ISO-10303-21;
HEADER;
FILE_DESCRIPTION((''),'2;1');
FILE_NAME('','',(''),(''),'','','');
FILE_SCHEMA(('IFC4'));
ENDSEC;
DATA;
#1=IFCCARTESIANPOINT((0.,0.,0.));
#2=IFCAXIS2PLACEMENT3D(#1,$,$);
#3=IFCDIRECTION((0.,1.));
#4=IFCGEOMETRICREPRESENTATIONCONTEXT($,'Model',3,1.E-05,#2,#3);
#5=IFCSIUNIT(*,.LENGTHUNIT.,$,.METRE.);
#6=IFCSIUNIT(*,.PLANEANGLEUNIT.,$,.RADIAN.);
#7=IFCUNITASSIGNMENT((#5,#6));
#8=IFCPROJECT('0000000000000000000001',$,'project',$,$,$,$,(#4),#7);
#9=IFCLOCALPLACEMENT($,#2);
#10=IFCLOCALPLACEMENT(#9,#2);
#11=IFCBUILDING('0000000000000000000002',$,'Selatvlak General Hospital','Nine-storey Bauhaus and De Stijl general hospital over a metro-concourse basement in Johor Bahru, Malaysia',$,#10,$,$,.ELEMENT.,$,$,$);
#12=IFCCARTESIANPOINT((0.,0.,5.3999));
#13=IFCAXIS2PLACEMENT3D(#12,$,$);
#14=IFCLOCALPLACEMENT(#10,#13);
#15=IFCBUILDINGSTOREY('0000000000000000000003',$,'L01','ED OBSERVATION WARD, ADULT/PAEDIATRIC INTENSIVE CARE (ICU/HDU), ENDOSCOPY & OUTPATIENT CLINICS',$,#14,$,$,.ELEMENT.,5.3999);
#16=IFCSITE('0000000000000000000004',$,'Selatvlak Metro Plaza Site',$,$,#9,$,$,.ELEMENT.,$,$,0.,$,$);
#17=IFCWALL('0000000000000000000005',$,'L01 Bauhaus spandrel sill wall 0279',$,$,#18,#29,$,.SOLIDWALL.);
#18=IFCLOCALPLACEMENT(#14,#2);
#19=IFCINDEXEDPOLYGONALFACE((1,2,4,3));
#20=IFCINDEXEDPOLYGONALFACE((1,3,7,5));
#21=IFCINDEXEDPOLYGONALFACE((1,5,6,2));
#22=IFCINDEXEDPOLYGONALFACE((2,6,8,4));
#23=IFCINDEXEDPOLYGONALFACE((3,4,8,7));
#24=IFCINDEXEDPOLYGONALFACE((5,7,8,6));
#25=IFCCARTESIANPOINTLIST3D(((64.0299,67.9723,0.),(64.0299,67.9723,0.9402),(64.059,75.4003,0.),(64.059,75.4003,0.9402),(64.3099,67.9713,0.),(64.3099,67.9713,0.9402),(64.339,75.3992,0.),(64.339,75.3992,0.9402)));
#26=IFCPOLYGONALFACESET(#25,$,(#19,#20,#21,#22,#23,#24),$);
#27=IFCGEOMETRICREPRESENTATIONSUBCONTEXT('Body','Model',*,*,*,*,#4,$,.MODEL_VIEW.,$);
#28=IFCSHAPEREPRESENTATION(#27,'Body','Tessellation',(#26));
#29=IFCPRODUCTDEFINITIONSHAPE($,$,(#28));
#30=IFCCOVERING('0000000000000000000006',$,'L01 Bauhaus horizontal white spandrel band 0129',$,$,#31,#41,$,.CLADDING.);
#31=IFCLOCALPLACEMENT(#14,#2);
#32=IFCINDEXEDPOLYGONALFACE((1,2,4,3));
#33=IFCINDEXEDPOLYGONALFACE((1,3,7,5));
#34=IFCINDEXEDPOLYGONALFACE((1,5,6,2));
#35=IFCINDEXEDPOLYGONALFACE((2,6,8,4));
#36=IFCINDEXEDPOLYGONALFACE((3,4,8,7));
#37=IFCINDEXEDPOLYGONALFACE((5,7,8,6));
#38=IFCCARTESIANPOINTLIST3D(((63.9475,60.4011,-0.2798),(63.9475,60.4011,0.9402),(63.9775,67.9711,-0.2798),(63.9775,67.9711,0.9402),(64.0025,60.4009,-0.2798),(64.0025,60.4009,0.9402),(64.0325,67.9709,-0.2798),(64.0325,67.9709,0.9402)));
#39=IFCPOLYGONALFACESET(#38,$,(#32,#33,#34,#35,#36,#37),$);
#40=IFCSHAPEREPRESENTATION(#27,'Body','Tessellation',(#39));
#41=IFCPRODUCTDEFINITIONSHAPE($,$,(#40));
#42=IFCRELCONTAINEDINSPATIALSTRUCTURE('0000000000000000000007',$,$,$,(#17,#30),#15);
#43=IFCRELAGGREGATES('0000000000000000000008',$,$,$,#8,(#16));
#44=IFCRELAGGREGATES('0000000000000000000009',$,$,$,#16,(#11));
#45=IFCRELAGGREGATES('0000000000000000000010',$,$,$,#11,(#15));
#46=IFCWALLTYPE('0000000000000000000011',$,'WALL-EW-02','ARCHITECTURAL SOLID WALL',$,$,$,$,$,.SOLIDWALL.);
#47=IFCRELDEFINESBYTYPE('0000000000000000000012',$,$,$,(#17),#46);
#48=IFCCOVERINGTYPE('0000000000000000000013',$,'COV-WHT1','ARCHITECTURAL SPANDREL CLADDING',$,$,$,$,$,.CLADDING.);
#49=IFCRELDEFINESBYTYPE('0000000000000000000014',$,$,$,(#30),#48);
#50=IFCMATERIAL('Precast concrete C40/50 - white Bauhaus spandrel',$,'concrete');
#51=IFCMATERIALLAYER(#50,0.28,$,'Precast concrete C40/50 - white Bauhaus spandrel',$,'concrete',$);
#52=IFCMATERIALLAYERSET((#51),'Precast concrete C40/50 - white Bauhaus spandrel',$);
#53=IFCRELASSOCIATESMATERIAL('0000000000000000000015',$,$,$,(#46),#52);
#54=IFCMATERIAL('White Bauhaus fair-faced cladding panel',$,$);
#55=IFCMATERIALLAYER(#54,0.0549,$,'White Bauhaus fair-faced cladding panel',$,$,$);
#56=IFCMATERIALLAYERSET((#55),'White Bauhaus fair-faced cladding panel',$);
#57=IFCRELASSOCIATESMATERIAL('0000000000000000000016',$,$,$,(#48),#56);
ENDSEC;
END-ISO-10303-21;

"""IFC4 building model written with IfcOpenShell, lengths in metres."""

from ifc_helpers import new_model, si_unit, direction, frame, frame_2d, origin, origin_2d, place, context, subcontext, project, spatial, rectangle, extrude, material, layer, layer_set, type_object, element, save


model = new_model("IFC4")

# Units and contexts
model_context = context("Model", 3, precision=1e-05, world=origin(), true_north=direction((0.0, 1.0)))
body_context = subcontext(model_context, "Body", "Model", "MODEL_VIEW")
ifc_project = project(units=[si_unit("LENGTHUNIT", "METRE"), si_unit("PLANEANGLEUNIT", "RADIAN")], contexts=[model_context])

# Site, building, storey
site_placement = place(None, origin())
site = spatial("IfcSite", under=ifc_project, at=site_placement, Name="Selatvlak Metro Plaza Site", CompositionType="ELEMENT", RefElevation=0.0)
building_placement = place(site_placement, origin())
building = spatial("IfcBuilding", under=site, at=building_placement, Name="Selatvlak General Hospital", Description="Nine-storey Bauhaus and De Stijl general hospital over a metro-concourse basement in Johor Bahru, Malaysia", CompositionType="ELEMENT")
storey_placement = place(building_placement, frame((0.0, 0.0, 5.3999)))
storey = spatial("IfcBuildingStorey", under=building, at=storey_placement, Name="L01", Description="ED OBSERVATION WARD, ADULT/PAEDIATRIC INTENSIVE CARE (ICU/HDU), ENDOSCOPY & OUTPATIENT CLINICS", CompositionType="ELEMENT", Elevation=5.3999)

# Wall
ifc_material_1 = material(Name="Precast concrete C40/50 - white Bauhaus spandrel", Category="concrete")
ifc_layer_1 = layer(ifc_material_1, 0.28, Name="Precast concrete C40/50 - white Bauhaus spandrel", Category="concrete")
ifc_layer_set_1 = layer_set([ifc_layer_1], Name="Precast concrete C40/50 - white Bauhaus spandrel")
wall_type = type_object("IfcWallType", Name="WALL-EW-02", Description="ARCHITECTURAL SOLID WALL", PredefinedType="SOLIDWALL", material=ifc_layer_set_1)
for number, where, z_axis, x_axis, name in (
    (1, (64.1699, 67.9719, 0.0), (0.0, 0.0, 1.0), (0.003911, 0.999992, 0.0), "L01 Bauhaus spandrel sill wall 0279"),
):
    element("IfcWall", number, at=place(storey_placement, frame(where, z_axis=z_axis, x_axis=x_axis)), inside=storey, type_object=wall_type, Name=name, PredefinedType="SOLIDWALL", context=body_context, shape_type="SweptSolid", body=[
        extrude(rectangle(XDim=7.428, YDim=0.28, at=frame_2d((3.7139, 0.0))), origin(), (0.0, 0.0, 1.0), 0.9402),
    ])

# Covering
ifc_material_2 = material(Name="White Bauhaus fair-faced cladding panel")
ifc_layer_2 = layer(ifc_material_2, 0.0549, Name="White Bauhaus fair-faced cladding panel")
ifc_layer_set_2 = layer_set([ifc_layer_2], Name="White Bauhaus fair-faced cladding panel")
covering_type = type_object("IfcCoveringType", Name="COV-WHT1", Description="ARCHITECTURAL SPANDREL CLADDING", PredefinedType="CLADDING", material=ifc_layer_set_2)
covering_placement = place(storey_placement, frame((63.99, 64.186, -0.2798), z_axis=(0.0, 0.0, 1.0), x_axis=(0.003962, 0.999992, 0.0)))
element("IfcCovering", 2, at=covering_placement, inside=storey, type_object=covering_type, Name="L01 Bauhaus horizontal white spandrel band 0129", PredefinedType="CLADDING", context=body_context, shape_type="SweptSolid", body=[
    extrude(rectangle(XDim=7.5701, YDim=0.0549, at=origin_2d()), origin(), (0.0, 0.0, 1.0), 1.22),
])

save(model, "model.ifc")
